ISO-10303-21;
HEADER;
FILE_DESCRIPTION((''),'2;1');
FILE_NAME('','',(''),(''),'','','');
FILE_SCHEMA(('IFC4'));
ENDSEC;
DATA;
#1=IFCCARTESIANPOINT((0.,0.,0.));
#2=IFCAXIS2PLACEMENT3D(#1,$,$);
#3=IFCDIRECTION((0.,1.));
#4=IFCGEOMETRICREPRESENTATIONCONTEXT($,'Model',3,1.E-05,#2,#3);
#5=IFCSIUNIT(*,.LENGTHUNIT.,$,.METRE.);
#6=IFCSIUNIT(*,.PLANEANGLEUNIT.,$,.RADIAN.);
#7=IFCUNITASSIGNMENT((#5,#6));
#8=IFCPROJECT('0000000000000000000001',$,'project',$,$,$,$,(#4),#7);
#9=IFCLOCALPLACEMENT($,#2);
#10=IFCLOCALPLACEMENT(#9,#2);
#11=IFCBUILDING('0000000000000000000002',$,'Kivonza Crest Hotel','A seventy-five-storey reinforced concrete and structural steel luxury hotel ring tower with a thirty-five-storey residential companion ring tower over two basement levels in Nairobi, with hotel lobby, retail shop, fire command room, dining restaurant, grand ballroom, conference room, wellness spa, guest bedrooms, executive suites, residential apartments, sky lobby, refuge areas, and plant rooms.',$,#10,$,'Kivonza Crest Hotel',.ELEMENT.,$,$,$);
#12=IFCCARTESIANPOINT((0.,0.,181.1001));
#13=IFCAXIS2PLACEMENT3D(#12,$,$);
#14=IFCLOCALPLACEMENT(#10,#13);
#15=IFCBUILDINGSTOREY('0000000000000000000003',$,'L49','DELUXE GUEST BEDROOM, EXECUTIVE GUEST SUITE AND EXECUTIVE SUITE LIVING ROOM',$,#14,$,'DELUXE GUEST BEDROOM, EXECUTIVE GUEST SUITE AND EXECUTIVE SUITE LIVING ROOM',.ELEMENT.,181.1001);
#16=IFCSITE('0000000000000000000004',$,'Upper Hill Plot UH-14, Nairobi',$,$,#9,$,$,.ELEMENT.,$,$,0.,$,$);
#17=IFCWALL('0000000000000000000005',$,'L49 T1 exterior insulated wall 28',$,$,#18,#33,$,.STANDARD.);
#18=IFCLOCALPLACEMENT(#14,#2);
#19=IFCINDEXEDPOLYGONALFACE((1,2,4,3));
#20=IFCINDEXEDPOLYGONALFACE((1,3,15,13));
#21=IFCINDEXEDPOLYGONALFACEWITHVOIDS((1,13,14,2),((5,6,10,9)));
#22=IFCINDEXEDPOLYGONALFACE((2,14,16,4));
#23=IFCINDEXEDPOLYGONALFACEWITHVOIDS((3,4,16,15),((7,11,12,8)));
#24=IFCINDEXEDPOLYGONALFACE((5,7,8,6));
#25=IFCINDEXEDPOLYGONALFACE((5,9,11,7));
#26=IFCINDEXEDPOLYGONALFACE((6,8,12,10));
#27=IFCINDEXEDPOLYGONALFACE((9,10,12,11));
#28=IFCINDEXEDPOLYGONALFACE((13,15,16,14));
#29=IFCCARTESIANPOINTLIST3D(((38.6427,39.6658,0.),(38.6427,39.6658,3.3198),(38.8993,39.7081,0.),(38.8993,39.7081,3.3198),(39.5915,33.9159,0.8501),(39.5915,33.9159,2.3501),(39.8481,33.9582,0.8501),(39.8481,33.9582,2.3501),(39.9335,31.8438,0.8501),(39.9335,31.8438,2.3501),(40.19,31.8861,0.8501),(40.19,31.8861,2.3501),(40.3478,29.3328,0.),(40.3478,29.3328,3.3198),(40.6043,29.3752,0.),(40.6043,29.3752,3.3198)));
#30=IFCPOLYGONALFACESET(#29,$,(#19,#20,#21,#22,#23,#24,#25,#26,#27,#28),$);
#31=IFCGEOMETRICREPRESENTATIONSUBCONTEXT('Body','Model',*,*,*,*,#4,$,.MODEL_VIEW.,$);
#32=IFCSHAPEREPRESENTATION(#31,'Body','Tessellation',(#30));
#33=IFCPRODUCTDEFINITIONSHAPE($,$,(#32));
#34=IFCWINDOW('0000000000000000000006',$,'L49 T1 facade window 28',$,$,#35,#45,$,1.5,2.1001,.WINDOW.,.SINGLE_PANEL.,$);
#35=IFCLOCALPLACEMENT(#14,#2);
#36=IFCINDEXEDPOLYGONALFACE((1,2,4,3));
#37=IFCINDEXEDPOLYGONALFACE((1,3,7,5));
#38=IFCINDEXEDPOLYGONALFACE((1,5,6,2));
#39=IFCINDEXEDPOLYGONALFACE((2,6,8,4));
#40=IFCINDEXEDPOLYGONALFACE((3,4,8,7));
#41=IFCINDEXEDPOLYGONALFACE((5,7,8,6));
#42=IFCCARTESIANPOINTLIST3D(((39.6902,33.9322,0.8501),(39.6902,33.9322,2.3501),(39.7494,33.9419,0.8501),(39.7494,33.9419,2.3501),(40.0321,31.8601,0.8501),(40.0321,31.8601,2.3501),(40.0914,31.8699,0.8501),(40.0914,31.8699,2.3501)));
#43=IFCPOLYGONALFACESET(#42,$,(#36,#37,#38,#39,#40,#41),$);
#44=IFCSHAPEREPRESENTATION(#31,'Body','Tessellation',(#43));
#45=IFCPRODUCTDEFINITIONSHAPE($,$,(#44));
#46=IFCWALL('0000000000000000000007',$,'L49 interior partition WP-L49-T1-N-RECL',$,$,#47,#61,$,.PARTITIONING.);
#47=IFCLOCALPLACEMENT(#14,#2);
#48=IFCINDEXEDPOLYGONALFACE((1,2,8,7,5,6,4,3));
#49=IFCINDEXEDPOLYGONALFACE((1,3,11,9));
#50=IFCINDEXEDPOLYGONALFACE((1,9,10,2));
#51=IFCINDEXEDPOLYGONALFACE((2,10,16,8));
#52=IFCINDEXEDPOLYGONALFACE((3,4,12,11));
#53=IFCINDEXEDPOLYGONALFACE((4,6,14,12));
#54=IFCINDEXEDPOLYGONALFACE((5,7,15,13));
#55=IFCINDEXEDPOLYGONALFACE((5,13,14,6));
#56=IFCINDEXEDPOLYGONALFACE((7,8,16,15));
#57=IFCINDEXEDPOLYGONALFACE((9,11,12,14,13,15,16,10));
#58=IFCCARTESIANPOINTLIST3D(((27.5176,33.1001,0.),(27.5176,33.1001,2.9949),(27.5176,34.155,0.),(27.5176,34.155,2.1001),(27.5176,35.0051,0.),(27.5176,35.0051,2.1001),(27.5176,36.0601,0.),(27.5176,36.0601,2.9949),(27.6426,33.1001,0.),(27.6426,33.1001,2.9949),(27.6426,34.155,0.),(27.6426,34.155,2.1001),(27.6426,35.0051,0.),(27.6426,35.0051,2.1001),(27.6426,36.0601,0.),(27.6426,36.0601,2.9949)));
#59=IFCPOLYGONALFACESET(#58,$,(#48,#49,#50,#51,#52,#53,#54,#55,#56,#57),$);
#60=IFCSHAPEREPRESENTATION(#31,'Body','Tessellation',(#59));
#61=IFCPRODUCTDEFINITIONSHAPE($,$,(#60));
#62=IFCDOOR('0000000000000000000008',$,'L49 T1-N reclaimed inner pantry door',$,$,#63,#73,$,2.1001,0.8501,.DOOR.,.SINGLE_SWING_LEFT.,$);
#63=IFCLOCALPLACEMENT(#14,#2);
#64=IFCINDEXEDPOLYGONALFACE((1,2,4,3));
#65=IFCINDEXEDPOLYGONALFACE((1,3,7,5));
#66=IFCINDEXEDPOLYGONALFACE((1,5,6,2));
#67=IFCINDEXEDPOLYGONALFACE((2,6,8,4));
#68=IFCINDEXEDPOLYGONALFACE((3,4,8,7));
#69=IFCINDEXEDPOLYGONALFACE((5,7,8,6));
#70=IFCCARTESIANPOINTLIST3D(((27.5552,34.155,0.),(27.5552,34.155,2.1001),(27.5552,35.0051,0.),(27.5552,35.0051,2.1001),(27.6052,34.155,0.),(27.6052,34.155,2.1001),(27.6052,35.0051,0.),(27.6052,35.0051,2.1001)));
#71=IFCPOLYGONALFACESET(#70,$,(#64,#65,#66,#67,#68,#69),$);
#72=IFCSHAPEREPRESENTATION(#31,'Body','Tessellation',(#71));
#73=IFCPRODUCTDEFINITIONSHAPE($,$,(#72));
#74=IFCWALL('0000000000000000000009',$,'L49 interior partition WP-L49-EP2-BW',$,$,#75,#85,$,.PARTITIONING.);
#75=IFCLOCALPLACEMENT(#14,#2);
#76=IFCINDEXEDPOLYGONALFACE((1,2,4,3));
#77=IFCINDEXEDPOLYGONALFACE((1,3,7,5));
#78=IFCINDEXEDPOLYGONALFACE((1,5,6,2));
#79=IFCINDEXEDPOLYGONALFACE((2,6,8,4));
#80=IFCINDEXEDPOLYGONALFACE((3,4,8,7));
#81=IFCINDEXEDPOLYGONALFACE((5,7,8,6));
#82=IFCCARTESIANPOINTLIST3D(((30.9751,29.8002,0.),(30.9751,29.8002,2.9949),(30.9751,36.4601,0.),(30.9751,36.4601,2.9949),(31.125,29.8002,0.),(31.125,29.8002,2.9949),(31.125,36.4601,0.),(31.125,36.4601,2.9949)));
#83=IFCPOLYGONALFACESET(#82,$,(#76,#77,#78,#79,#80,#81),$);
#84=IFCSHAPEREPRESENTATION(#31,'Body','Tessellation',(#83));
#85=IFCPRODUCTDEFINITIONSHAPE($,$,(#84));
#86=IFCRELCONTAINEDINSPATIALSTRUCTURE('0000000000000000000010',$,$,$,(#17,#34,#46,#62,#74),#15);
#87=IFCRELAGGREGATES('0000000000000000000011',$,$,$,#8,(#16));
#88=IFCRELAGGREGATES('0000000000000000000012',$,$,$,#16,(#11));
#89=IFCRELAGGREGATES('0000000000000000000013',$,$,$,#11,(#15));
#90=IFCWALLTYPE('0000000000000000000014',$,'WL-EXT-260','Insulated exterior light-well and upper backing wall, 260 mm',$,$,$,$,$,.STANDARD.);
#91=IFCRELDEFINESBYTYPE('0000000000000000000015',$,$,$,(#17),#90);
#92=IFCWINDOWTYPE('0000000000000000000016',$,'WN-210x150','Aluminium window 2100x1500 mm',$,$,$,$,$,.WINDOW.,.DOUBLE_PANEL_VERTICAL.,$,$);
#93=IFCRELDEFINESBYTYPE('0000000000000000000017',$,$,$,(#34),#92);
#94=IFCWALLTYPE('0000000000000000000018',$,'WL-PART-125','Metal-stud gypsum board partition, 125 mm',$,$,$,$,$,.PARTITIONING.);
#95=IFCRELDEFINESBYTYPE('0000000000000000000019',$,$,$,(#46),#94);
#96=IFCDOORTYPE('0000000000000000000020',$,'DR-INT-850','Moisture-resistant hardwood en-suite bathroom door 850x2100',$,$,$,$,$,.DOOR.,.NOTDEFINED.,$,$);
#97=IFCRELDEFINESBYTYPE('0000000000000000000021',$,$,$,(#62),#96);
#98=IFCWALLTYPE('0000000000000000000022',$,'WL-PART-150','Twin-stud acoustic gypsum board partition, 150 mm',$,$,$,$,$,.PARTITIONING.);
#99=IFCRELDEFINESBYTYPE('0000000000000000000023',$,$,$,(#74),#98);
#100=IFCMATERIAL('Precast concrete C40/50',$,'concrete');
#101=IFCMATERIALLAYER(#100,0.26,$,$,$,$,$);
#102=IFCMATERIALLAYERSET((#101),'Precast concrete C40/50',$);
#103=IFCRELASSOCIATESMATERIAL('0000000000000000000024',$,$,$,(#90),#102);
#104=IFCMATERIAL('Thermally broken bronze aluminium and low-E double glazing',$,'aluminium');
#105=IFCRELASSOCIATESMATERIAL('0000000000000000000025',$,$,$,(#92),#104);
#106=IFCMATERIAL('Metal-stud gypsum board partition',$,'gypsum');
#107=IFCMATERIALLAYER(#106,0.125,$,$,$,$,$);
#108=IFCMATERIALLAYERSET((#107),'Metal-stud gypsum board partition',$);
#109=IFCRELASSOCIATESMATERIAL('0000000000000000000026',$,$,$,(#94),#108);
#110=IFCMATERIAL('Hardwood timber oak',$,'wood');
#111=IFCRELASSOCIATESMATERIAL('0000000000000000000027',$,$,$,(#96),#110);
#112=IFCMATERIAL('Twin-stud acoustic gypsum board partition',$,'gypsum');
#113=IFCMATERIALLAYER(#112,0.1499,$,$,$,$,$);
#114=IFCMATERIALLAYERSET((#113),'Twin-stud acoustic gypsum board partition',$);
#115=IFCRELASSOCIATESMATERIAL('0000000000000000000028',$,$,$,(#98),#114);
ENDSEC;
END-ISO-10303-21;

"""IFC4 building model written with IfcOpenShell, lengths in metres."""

from ifc_helpers import new_model, si_unit, direction, frame, frame_2d, origin, place, context, subcontext, project, spatial, rectangle, extrude, material, layer, layer_set, type_object, element, fill, save


model = new_model("IFC4")

# Units and contexts
model_context = context("Model", 3, precision=1e-05, world=origin(), true_north=direction((0.0, 1.0)))
body_context = subcontext(model_context, "Body", "Model", "MODEL_VIEW")
ifc_project = project(units=[si_unit("LENGTHUNIT", "METRE"), si_unit("PLANEANGLEUNIT", "RADIAN")], contexts=[model_context])

# Site, building, storey
site_placement = place(None, origin())
site = spatial("IfcSite", under=ifc_project, at=site_placement, Name="Upper Hill Plot UH-14, Nairobi", CompositionType="ELEMENT", RefElevation=0.0)
building_placement = place(site_placement, origin())
building = spatial("IfcBuilding", under=site, at=building_placement, Name="Kivonza Crest Hotel", Description="A seventy-five-storey reinforced concrete and structural steel luxury hotel ring tower with a thirty-five-storey residential companion ring tower over two basement levels in Nairobi, with hotel lobby, retail shop, fire command room, dining restaurant, grand ballroom, conference room, wellness spa, guest bedrooms, executive suites, residential apartments, sky lobby, refuge areas, and plant rooms.", LongName="Kivonza Crest Hotel", CompositionType="ELEMENT")
storey_placement = place(building_placement, frame((0.0, 0.0, 181.1001)))
storey = spatial("IfcBuildingStorey", under=building, at=storey_placement, Name="L49", Description="DELUXE GUEST BEDROOM, EXECUTIVE GUEST SUITE AND EXECUTIVE SUITE LIVING ROOM", LongName="DELUXE GUEST BEDROOM, EXECUTIVE GUEST SUITE AND EXECUTIVE SUITE LIVING ROOM", CompositionType="ELEMENT", Elevation=181.1001)

# Shared definitions
ifc_material_1 = material(Name="Hardwood timber oak", Category="wood")

# Shared definitions
ifc_material_2 = material(Name="Precast concrete C40/50", Category="concrete")
ifc_layer_1 = layer(ifc_material_2, 0.26)
ifc_layer_set_1 = layer_set([ifc_layer_1], Name="Precast concrete C40/50")
wall_type_1 = type_object("IfcWallType", Name="WL-EXT-260", Description="Insulated exterior light-well and upper backing wall, 260 mm", PredefinedType="STANDARD", material=ifc_layer_set_1)

# Shared definitions
ifc_material_3 = material(Name="Thermally broken bronze aluminium and low-E double glazing", Category="aluminium")
window_type_1 = type_object("IfcWindowType", Name="WN-210x150", Description="Aluminium window 2100x1500 mm", PartitioningType="DOUBLE_PANEL_VERTICAL", PredefinedType="WINDOW", material=ifc_material_3)

# Wall, opening, window
wall_1_placement = place(storey_placement, frame((40.4761, 29.354, 0.0), z_axis=(0.0, 0.0, 1.0), x_axis=(-0.162811, 0.986657, 0.0)))
wall_1 = element("IfcWall", 1, at=wall_1_placement, inside=storey, type_object=wall_type_1, Name="L49 T1 exterior insulated wall 28", PredefinedType="STANDARD", context=body_context, shape_type="SweptSolid", body=[
    extrude(rectangle(XDim=10.4727, YDim=0.26, at=frame_2d((5.2363, 0.0))), origin(), (0.0, 0.0, 1.0), 3.3198),
])
opening_1_placement = place(wall_1_placement, frame((2.5449, 0.0, 0.8501)))
opening_1 = element("IfcOpeningElement", 2, at=opening_1_placement, cuts=wall_1, PredefinedType="OPENING", context=body_context, shape_type="SweptSolid", body=[
    extrude(rectangle(XDim=2.1001, YDim=1.5, at=frame_2d((1.05, 0.75))), frame((0.0, 0.1401, 0.0), z_axis=(0.0, -1.0, 0.0), x_axis=(1.0, 0.0, 0.0)), (0.0, 0.0, 1.0), 0.28),
])
window_1_placement = place(opening_1_placement, origin())
window_1 = element("IfcWindow", 3, at=window_1_placement, inside=storey, type_object=window_type_1, Name="L49 T1 facade window 28", OverallHeight=1.5, OverallWidth=2.1001, PartitioningType="SINGLE_PANEL", PredefinedType="WINDOW", context=body_context, shape_type="SweptSolid", body=[
    extrude(rectangle(XDim=2.1001, YDim=1.5, at=frame_2d((1.05, 0.75))), frame((0.0, 0.03, 0.0), z_axis=(0.0, -1.0, 0.0), x_axis=(1.0, 0.0, 0.0)), (0.0, 0.0, 1.0), 0.0601),
])
fill(opening_1, window_1)

# Wall, opening, door
ifc_material_4 = material(Name="Metal-stud gypsum board partition", Category="gypsum")
ifc_layer_2 = layer(ifc_material_4, 0.125)
ifc_layer_set_2 = layer_set([ifc_layer_2], Name="Metal-stud gypsum board partition")
wall_type_2 = type_object("IfcWallType", Name="WL-PART-125", Description="Metal-stud gypsum board partition, 125 mm", PredefinedType="PARTITIONING", material=ifc_layer_set_2)
wall_2_placement = place(storey_placement, frame((27.5801, 33.1001, 0.0), z_axis=(0.0, 0.0, 1.0), x_axis=(0.0, 1.0, 0.0)))
wall_2 = element("IfcWall", 4, at=wall_2_placement, inside=storey, type_object=wall_type_2, Name="L49 interior partition WP-L49-T1-N-RECL", PredefinedType="PARTITIONING", context=body_context, shape_type="SweptSolid", body=[
    extrude(rectangle(XDim=2.96, YDim=0.125, at=frame_2d((1.48, 0.0))), origin(), (0.0, 0.0, 1.0), 2.9949),
])
opening_2_placement = place(wall_2_placement, frame((1.0549, 0.0, 0.0)))
opening_2 = element("IfcOpeningElement", 5, at=opening_2_placement, cuts=wall_2, PredefinedType="OPENING", context=body_context, shape_type="SweptSolid", body=[
    extrude(rectangle(XDim=0.8501, YDim=2.1001, at=frame_2d((0.425, 1.05))), frame((0.0, 0.0725, 0.0), z_axis=(0.0, -1.0, 0.0), x_axis=(1.0, 0.0, 0.0)), (0.0, 0.0, 1.0), 0.145),
])
door_type_1 = type_object("IfcDoorType", Name="DR-INT-850", Description="Moisture-resistant hardwood en-suite bathroom door 850x2100", OperationType="NOTDEFINED", PredefinedType="DOOR", material=ifc_material_1)
door_1_placement = place(opening_2_placement, origin())
door_1 = element("IfcDoor", 6, at=door_1_placement, inside=storey, type_object=door_type_1, Name="L49 T1-N reclaimed inner pantry door", OperationType="SINGLE_SWING_LEFT", OverallHeight=2.1001, OverallWidth=0.8501, PredefinedType="DOOR", context=body_context, shape_type="SweptSolid", body=[
    extrude(rectangle(XDim=0.8501, YDim=2.1001, at=frame_2d((0.425, 1.05))), frame((0.0, 0.0249, 0.0), z_axis=(0.0, -1.0, 0.0), x_axis=(1.0, 0.0, 0.0)), (0.0, 0.0, 1.0), 0.05),
])
fill(opening_2, door_1)

# Wall
ifc_material_5 = material(Name="Twin-stud acoustic gypsum board partition", Category="gypsum")
ifc_layer_3 = layer(ifc_material_5, 0.1499)
ifc_layer_set_3 = layer_set([ifc_layer_3], Name="Twin-stud acoustic gypsum board partition")
wall_type_3 = type_object("IfcWallType", Name="WL-PART-150", Description="Twin-stud acoustic gypsum board partition, 150 mm", PredefinedType="PARTITIONING", material=ifc_layer_set_3)
wall_3_placement = place(storey_placement, frame((31.05, 29.8, 0.0), z_axis=(0.0, 0.0, 1.0), x_axis=(0.0, 1.0, 0.0)))
element("IfcWall", 7, at=wall_3_placement, inside=storey, type_object=wall_type_3, Name="L49 interior partition WP-L49-EP2-BW", PredefinedType="PARTITIONING", context=body_context, shape_type="SweptSolid", body=[
    extrude(rectangle(XDim=6.6599, YDim=0.1499, at=frame_2d((3.3301, 0.0))), origin(), (0.0, 0.0, 1.0), 2.9949),
])

save(model, "model.ifc")
